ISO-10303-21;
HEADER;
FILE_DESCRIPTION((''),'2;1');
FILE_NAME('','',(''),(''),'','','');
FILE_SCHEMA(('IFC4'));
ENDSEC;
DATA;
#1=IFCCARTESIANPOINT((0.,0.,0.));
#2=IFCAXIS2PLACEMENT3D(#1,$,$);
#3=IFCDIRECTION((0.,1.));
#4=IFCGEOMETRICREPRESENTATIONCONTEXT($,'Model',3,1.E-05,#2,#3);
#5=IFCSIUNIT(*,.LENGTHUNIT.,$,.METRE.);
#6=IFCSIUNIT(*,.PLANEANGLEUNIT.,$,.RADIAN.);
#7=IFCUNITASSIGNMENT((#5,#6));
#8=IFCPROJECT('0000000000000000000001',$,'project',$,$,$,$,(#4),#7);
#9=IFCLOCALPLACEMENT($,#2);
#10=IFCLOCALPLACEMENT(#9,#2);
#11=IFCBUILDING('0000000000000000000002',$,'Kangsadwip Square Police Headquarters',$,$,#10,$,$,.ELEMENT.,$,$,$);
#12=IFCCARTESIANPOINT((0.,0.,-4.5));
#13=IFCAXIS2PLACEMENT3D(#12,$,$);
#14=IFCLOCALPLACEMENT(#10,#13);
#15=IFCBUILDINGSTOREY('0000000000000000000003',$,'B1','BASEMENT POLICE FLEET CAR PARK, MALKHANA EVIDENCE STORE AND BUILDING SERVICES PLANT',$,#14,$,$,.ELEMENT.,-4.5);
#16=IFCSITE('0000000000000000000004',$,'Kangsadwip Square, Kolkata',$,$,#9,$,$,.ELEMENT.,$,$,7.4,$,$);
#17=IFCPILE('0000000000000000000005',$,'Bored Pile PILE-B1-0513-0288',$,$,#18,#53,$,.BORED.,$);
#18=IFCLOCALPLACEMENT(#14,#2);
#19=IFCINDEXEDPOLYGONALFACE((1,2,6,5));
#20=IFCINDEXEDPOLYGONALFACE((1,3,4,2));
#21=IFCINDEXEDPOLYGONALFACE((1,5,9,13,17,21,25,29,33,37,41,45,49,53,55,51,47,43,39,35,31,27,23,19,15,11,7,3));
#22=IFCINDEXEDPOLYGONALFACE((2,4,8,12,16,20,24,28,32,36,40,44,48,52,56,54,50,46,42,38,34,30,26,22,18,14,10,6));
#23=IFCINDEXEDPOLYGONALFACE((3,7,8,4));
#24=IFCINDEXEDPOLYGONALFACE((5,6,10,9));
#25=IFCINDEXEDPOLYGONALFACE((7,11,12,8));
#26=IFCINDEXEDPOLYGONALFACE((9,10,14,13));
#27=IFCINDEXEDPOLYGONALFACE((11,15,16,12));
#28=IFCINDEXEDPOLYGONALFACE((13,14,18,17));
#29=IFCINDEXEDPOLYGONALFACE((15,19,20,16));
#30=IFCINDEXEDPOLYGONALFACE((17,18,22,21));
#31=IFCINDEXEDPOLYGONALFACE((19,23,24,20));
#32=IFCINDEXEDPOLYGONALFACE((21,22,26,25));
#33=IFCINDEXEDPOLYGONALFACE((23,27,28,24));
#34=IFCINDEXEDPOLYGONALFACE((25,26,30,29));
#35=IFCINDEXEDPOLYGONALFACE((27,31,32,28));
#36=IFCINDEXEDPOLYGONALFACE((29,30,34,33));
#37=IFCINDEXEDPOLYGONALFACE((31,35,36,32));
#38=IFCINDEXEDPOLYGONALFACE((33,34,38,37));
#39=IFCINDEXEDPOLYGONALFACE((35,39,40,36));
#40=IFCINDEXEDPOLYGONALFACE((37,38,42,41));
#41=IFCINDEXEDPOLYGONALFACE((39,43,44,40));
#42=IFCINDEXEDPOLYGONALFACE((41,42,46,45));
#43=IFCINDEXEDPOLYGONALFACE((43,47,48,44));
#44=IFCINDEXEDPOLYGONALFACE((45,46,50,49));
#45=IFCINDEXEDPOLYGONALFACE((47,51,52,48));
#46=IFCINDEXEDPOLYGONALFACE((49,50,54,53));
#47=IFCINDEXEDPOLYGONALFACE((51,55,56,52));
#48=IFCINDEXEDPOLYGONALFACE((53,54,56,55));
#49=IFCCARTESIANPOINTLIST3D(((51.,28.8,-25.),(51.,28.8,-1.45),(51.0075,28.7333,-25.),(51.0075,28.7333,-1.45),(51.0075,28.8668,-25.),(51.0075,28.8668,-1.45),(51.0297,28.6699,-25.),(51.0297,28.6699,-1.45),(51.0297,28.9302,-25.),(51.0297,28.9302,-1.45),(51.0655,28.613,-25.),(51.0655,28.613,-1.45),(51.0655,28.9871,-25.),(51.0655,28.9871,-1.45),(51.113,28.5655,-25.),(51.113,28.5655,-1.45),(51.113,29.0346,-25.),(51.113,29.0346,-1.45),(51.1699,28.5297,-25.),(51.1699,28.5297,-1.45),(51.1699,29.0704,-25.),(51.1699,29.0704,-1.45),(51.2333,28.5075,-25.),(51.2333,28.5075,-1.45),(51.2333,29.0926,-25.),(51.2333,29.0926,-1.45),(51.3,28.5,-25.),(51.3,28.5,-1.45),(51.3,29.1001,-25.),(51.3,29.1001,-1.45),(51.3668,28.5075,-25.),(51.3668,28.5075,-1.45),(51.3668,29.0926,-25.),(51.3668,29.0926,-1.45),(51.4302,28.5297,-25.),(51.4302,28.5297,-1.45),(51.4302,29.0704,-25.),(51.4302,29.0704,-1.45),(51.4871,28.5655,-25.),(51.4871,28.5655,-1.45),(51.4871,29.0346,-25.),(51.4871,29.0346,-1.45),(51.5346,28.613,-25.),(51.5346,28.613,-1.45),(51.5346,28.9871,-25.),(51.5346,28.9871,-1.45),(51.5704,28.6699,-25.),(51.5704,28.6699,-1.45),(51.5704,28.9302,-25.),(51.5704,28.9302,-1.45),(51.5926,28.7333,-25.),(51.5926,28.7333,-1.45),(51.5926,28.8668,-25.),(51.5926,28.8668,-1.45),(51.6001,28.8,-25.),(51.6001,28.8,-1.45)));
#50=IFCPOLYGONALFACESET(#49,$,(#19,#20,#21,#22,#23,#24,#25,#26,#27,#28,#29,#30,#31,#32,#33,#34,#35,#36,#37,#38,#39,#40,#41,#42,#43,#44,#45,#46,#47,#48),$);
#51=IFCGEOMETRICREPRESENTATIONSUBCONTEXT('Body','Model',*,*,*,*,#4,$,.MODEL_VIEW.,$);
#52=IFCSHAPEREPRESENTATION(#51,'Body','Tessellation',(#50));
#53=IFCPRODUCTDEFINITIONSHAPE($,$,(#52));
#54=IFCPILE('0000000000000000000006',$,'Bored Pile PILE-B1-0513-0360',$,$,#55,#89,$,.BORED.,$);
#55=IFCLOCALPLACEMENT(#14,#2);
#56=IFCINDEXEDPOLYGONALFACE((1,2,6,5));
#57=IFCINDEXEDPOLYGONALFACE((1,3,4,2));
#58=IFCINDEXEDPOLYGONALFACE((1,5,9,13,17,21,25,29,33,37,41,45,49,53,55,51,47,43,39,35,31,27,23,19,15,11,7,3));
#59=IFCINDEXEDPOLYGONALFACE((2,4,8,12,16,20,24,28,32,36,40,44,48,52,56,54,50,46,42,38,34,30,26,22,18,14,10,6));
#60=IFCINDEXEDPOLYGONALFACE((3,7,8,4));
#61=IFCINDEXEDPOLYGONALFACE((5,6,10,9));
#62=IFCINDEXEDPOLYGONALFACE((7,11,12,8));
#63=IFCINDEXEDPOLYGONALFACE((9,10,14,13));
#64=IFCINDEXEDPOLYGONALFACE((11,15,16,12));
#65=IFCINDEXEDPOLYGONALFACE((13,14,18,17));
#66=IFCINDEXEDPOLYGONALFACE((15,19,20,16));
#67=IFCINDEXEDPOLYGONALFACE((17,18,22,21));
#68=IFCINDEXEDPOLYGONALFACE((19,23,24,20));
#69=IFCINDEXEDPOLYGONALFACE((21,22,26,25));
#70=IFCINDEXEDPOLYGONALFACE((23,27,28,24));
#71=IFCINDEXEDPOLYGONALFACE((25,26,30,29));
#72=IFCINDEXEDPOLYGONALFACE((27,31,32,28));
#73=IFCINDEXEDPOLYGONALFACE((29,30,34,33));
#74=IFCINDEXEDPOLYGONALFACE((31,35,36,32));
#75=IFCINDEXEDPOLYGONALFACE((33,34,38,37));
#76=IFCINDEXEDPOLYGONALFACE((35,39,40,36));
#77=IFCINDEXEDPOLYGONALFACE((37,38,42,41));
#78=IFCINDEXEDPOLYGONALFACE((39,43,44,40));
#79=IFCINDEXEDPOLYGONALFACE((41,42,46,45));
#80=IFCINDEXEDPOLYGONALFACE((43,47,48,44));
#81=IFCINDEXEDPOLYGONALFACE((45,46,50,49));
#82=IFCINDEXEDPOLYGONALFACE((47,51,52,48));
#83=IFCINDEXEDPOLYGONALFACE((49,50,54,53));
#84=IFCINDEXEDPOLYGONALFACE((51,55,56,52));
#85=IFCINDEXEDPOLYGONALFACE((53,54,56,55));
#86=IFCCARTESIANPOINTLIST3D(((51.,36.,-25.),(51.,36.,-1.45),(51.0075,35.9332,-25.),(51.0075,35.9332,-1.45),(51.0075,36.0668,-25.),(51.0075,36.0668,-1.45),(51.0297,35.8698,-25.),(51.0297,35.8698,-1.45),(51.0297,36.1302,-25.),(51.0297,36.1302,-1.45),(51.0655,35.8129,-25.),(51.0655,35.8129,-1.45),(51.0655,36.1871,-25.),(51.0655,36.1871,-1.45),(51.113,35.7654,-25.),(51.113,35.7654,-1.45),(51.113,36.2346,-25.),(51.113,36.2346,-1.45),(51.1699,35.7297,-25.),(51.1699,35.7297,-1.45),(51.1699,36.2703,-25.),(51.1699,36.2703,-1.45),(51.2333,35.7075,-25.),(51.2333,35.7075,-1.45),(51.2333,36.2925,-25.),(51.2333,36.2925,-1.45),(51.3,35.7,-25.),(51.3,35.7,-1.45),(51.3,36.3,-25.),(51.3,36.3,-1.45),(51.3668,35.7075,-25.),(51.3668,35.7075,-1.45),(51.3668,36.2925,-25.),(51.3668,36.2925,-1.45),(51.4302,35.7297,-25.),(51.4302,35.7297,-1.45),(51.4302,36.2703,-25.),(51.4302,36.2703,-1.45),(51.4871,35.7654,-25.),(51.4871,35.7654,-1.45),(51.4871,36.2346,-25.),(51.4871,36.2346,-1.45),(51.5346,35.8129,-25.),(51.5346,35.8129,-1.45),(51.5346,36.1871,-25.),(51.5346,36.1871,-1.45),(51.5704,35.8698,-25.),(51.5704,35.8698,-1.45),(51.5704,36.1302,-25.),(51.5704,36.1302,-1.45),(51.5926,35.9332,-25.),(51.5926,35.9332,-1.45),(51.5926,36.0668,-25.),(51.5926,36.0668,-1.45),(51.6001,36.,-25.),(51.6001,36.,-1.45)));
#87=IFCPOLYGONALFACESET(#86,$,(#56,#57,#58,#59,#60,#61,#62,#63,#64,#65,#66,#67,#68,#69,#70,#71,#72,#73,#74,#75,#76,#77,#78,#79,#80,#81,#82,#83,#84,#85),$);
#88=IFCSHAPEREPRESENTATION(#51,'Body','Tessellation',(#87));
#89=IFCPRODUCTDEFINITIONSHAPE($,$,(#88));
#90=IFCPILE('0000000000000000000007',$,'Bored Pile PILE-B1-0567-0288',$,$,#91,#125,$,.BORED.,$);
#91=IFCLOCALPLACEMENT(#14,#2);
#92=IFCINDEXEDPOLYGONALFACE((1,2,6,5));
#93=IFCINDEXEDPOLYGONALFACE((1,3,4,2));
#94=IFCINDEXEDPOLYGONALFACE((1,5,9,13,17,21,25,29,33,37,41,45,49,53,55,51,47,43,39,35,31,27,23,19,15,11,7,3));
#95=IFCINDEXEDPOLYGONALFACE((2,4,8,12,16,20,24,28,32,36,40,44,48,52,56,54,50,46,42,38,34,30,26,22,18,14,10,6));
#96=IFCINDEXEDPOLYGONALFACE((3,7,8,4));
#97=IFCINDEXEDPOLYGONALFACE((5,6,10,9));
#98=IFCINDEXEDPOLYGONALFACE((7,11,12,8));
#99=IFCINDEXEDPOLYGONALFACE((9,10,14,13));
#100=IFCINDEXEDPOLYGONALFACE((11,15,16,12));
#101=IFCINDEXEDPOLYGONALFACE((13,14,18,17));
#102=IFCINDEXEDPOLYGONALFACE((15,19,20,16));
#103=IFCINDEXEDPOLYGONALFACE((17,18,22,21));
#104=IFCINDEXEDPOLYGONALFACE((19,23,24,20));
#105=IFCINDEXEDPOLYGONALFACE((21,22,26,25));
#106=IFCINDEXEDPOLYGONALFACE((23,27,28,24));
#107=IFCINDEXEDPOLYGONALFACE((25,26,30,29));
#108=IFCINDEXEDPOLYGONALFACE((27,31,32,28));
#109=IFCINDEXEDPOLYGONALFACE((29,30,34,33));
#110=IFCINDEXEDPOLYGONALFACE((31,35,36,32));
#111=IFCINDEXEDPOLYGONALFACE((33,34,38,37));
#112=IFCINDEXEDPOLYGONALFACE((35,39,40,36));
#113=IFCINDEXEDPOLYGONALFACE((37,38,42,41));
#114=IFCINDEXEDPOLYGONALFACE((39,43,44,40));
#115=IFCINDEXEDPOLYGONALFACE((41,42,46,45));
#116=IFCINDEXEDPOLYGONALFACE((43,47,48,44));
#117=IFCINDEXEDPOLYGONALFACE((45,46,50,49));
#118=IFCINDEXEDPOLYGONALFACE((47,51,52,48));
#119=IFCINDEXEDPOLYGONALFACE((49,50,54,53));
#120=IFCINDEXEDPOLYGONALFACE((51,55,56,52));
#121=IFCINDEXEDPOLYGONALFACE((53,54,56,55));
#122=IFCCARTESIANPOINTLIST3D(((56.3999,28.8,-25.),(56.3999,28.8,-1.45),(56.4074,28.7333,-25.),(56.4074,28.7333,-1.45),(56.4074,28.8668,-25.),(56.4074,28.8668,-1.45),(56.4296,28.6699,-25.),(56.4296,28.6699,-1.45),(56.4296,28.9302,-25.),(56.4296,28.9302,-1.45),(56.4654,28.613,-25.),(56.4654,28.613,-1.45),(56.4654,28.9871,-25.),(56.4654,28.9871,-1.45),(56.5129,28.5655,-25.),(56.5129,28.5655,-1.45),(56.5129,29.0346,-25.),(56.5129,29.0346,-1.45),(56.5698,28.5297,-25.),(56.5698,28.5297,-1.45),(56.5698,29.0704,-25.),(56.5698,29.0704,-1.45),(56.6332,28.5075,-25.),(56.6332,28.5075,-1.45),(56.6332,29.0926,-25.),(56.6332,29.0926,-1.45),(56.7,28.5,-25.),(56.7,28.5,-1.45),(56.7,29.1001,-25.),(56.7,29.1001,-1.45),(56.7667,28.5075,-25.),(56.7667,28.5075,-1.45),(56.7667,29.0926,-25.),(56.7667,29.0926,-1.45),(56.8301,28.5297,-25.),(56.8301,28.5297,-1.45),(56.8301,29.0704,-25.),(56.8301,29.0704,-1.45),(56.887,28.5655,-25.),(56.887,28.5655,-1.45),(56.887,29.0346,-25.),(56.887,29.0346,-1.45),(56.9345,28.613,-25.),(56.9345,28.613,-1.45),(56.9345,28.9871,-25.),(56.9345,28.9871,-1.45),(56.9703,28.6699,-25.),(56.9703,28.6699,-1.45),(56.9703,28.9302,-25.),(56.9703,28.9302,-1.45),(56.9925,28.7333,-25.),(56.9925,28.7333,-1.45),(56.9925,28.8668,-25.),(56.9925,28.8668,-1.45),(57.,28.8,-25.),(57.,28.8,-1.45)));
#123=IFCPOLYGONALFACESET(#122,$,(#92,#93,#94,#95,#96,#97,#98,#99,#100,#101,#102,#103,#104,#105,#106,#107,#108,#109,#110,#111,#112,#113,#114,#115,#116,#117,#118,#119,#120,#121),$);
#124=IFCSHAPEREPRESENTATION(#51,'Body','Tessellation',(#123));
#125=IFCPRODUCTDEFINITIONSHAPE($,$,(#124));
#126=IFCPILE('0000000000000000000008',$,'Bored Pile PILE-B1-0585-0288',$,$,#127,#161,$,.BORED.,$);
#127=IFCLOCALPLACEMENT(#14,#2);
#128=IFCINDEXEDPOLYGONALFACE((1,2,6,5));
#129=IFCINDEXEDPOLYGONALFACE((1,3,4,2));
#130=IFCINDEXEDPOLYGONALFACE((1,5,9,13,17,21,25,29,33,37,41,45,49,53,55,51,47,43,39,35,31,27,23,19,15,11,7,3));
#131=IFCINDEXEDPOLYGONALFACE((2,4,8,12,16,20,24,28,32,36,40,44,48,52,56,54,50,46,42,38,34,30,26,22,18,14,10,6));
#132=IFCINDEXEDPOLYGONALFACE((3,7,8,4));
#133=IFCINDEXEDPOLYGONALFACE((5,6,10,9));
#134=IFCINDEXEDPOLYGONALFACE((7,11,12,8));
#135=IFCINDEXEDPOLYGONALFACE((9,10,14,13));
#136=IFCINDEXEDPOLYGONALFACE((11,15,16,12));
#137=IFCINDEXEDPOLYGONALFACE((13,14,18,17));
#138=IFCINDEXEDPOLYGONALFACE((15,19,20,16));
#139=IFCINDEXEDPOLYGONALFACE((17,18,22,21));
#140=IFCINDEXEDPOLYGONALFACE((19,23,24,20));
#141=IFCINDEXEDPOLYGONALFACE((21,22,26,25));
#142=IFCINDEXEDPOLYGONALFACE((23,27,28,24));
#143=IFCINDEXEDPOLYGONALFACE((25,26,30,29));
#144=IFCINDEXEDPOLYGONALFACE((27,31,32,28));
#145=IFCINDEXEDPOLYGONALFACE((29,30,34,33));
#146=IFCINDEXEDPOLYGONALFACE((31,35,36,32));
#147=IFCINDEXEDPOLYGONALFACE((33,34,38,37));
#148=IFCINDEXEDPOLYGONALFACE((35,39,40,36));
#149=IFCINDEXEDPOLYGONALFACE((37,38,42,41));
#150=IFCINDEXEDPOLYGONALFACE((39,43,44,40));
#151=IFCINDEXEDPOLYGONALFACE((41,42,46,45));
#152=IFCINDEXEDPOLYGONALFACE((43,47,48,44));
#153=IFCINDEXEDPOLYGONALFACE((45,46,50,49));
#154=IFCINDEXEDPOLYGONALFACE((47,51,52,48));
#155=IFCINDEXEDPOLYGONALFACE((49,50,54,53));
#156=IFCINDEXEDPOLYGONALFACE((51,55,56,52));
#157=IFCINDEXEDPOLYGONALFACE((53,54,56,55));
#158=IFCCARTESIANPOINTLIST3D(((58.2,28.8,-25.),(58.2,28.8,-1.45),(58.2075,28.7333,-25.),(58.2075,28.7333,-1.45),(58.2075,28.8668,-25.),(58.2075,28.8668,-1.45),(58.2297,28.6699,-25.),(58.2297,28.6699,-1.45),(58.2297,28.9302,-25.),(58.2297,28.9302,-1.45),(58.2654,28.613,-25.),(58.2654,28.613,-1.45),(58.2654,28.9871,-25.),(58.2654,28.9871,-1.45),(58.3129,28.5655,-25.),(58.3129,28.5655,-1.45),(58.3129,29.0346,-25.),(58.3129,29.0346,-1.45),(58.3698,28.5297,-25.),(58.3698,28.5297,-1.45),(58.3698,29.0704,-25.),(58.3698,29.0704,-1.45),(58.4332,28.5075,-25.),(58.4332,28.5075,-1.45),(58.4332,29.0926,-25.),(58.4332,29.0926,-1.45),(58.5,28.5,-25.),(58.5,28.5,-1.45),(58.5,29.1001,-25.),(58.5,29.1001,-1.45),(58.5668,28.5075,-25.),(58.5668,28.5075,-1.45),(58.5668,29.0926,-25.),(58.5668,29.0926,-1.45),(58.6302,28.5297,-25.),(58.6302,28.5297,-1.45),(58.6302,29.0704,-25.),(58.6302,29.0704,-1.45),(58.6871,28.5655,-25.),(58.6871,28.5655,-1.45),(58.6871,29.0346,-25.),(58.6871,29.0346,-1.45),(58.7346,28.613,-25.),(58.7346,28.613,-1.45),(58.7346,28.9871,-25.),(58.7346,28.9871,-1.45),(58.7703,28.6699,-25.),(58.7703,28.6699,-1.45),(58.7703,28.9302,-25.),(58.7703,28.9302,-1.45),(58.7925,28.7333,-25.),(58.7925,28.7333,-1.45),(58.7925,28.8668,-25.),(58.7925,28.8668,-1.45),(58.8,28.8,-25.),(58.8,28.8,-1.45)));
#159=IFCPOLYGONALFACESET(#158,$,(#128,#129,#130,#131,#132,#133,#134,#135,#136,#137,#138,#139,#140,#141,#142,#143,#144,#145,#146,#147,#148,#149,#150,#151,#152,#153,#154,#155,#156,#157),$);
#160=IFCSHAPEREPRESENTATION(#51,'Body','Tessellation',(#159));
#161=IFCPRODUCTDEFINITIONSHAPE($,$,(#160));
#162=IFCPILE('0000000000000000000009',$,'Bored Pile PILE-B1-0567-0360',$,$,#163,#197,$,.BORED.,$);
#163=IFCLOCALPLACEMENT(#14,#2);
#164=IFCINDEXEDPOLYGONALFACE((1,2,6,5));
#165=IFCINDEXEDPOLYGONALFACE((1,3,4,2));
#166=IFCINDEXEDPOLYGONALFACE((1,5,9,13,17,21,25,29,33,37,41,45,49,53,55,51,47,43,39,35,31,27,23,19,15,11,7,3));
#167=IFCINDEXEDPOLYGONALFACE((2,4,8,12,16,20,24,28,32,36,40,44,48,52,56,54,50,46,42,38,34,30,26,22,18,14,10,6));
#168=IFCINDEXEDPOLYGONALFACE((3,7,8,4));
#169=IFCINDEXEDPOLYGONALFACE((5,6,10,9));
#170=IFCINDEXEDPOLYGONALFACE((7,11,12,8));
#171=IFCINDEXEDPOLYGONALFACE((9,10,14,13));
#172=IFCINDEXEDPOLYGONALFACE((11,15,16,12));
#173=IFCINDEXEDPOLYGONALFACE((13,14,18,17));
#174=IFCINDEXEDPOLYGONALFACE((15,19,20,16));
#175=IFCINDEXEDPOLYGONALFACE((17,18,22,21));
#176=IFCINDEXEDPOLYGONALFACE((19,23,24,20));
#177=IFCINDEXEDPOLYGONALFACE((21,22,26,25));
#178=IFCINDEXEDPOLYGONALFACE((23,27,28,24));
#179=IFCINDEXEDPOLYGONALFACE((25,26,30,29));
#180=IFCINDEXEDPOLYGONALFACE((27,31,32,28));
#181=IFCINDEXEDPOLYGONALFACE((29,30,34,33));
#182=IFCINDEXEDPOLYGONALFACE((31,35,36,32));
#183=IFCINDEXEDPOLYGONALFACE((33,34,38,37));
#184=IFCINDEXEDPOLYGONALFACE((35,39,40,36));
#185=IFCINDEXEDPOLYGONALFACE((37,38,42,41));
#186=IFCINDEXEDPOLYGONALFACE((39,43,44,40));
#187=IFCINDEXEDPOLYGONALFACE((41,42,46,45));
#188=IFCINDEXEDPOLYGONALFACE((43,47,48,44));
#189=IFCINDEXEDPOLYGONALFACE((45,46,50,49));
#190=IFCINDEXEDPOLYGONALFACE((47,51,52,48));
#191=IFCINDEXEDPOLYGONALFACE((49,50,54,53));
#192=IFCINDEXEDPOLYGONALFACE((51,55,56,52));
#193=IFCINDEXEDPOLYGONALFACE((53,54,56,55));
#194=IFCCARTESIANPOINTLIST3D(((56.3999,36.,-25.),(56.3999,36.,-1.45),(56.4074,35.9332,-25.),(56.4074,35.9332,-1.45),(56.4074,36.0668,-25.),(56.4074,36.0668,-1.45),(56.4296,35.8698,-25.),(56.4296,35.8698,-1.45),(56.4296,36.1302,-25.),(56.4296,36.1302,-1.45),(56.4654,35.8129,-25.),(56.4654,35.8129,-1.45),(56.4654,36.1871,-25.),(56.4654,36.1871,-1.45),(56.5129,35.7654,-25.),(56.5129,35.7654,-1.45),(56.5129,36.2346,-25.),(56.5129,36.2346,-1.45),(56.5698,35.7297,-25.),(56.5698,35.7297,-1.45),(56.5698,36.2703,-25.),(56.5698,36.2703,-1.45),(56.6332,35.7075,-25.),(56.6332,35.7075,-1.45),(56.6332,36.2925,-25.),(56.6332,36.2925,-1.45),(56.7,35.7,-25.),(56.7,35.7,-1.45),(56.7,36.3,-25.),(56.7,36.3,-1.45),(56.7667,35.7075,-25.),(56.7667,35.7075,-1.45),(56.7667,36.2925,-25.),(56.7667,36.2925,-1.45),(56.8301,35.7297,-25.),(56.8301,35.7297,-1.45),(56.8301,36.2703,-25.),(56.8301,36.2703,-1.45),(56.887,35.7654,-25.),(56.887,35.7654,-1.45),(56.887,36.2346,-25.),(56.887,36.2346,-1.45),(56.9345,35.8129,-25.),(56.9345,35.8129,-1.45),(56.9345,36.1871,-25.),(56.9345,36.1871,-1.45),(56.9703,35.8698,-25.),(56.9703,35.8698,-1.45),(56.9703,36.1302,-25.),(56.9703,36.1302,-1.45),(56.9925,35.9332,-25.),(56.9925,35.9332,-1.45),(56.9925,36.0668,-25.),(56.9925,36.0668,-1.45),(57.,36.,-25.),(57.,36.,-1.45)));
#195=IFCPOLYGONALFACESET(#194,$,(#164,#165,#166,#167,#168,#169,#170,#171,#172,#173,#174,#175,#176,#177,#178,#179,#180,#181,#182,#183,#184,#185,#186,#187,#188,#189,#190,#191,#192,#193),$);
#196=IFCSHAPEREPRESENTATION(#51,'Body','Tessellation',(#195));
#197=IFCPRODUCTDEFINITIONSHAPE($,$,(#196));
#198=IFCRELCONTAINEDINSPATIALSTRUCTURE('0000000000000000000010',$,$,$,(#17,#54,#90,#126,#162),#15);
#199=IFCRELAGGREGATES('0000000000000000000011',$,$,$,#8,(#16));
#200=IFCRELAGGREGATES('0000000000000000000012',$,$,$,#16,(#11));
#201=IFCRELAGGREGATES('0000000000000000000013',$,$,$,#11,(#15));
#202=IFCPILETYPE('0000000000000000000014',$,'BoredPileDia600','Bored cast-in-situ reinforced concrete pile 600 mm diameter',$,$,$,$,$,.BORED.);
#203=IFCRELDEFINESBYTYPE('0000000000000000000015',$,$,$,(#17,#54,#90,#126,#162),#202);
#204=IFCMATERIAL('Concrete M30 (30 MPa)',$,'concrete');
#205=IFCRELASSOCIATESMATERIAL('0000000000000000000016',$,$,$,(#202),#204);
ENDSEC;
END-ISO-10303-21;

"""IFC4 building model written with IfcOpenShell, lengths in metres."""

from ifc_helpers import new_model, si_unit, direction, frame, origin, origin_2d, place, context, subcontext, project, spatial, circle, extrude, material, material_profile, profile_set, type_object, element, save


model = new_model("IFC4")

# Units and contexts
model_context = context("Model", 3, precision=1e-05, world=origin(), true_north=direction((0.0, 1.0)))
body_context = subcontext(model_context, "Body", "Model", "MODEL_VIEW")
ifc_project = project(units=[si_unit("LENGTHUNIT", "METRE"), si_unit("PLANEANGLEUNIT", "RADIAN")], contexts=[model_context])

# Site, building, storey
site_placement = place(None, origin())
site = spatial("IfcSite", under=ifc_project, at=site_placement, Name="Kangsadwip Square, Kolkata", CompositionType="ELEMENT", RefElevation=7.4)
building_placement = place(site_placement, origin())
building = spatial("IfcBuilding", under=site, at=building_placement, Name="Kangsadwip Square Police Headquarters", CompositionType="ELEMENT")
storey_placement = place(building_placement, frame((0.0, 0.0, -4.5)))
storey = spatial("IfcBuildingStorey", under=building, at=storey_placement, Name="B1", Description="BASEMENT POLICE FLEET CAR PARK, MALKHANA EVIDENCE STORE AND BUILDING SERVICES PLANT", CompositionType="ELEMENT", Elevation=-4.5)

# Piles
ifc_material_1 = material(Name="Concrete M30 (30 MPa)", Category="concrete")
ifc_material_profile_1 = material_profile(ifc_material_1, circle(Radius=0.3, at=origin_2d()), Name="PILE DIA 600")
ifc_profile_set_1 = profile_set([ifc_material_profile_1], Name="Concrete M30 (30 MPa)")
pile_type = type_object("IfcPileType", Name="BoredPileDia600", Description="Bored cast-in-situ reinforced concrete pile 600 mm diameter", PredefinedType="BORED", material=ifc_profile_set_1)
for number, where, z_axis, x_axis, name in (
    (1, (51.3, 28.8, -1.45), (0.0, 0.0, -1.0), (1.0, 0.0, 0.0), "Bored Pile PILE-B1-0513-0288"),
    (2, (51.3, 36.0, -1.45), (0.0, 0.0, -1.0), (1.0, 0.0, 0.0), "Bored Pile PILE-B1-0513-0360"),
    (3, (56.7, 28.8, -1.45), (0.0, 0.0, -1.0), (1.0, 0.0, 0.0), "Bored Pile PILE-B1-0567-0288"),
    (4, (58.5, 28.8, -1.45), (0.0, 0.0, -1.0), (1.0, 0.0, 0.0), "Bored Pile PILE-B1-0585-0288"),
    (5, (56.7, 36.0, -1.45), (0.0, 0.0, -1.0), (1.0, 0.0, 0.0), "Bored Pile PILE-B1-0567-0360"),
):
    element("IfcPile", number, at=place(storey_placement, frame(where, z_axis=z_axis, x_axis=x_axis)), inside=storey, type_object=pile_type, Name=name, PredefinedType="BORED", context=body_context, shape_type="SweptSolid", body=[
        extrude(circle(Radius=0.3, at=origin_2d()), origin(), (0.0, 0.0, 1.0), 23.55),
    ])

save(model, "model.ifc")
